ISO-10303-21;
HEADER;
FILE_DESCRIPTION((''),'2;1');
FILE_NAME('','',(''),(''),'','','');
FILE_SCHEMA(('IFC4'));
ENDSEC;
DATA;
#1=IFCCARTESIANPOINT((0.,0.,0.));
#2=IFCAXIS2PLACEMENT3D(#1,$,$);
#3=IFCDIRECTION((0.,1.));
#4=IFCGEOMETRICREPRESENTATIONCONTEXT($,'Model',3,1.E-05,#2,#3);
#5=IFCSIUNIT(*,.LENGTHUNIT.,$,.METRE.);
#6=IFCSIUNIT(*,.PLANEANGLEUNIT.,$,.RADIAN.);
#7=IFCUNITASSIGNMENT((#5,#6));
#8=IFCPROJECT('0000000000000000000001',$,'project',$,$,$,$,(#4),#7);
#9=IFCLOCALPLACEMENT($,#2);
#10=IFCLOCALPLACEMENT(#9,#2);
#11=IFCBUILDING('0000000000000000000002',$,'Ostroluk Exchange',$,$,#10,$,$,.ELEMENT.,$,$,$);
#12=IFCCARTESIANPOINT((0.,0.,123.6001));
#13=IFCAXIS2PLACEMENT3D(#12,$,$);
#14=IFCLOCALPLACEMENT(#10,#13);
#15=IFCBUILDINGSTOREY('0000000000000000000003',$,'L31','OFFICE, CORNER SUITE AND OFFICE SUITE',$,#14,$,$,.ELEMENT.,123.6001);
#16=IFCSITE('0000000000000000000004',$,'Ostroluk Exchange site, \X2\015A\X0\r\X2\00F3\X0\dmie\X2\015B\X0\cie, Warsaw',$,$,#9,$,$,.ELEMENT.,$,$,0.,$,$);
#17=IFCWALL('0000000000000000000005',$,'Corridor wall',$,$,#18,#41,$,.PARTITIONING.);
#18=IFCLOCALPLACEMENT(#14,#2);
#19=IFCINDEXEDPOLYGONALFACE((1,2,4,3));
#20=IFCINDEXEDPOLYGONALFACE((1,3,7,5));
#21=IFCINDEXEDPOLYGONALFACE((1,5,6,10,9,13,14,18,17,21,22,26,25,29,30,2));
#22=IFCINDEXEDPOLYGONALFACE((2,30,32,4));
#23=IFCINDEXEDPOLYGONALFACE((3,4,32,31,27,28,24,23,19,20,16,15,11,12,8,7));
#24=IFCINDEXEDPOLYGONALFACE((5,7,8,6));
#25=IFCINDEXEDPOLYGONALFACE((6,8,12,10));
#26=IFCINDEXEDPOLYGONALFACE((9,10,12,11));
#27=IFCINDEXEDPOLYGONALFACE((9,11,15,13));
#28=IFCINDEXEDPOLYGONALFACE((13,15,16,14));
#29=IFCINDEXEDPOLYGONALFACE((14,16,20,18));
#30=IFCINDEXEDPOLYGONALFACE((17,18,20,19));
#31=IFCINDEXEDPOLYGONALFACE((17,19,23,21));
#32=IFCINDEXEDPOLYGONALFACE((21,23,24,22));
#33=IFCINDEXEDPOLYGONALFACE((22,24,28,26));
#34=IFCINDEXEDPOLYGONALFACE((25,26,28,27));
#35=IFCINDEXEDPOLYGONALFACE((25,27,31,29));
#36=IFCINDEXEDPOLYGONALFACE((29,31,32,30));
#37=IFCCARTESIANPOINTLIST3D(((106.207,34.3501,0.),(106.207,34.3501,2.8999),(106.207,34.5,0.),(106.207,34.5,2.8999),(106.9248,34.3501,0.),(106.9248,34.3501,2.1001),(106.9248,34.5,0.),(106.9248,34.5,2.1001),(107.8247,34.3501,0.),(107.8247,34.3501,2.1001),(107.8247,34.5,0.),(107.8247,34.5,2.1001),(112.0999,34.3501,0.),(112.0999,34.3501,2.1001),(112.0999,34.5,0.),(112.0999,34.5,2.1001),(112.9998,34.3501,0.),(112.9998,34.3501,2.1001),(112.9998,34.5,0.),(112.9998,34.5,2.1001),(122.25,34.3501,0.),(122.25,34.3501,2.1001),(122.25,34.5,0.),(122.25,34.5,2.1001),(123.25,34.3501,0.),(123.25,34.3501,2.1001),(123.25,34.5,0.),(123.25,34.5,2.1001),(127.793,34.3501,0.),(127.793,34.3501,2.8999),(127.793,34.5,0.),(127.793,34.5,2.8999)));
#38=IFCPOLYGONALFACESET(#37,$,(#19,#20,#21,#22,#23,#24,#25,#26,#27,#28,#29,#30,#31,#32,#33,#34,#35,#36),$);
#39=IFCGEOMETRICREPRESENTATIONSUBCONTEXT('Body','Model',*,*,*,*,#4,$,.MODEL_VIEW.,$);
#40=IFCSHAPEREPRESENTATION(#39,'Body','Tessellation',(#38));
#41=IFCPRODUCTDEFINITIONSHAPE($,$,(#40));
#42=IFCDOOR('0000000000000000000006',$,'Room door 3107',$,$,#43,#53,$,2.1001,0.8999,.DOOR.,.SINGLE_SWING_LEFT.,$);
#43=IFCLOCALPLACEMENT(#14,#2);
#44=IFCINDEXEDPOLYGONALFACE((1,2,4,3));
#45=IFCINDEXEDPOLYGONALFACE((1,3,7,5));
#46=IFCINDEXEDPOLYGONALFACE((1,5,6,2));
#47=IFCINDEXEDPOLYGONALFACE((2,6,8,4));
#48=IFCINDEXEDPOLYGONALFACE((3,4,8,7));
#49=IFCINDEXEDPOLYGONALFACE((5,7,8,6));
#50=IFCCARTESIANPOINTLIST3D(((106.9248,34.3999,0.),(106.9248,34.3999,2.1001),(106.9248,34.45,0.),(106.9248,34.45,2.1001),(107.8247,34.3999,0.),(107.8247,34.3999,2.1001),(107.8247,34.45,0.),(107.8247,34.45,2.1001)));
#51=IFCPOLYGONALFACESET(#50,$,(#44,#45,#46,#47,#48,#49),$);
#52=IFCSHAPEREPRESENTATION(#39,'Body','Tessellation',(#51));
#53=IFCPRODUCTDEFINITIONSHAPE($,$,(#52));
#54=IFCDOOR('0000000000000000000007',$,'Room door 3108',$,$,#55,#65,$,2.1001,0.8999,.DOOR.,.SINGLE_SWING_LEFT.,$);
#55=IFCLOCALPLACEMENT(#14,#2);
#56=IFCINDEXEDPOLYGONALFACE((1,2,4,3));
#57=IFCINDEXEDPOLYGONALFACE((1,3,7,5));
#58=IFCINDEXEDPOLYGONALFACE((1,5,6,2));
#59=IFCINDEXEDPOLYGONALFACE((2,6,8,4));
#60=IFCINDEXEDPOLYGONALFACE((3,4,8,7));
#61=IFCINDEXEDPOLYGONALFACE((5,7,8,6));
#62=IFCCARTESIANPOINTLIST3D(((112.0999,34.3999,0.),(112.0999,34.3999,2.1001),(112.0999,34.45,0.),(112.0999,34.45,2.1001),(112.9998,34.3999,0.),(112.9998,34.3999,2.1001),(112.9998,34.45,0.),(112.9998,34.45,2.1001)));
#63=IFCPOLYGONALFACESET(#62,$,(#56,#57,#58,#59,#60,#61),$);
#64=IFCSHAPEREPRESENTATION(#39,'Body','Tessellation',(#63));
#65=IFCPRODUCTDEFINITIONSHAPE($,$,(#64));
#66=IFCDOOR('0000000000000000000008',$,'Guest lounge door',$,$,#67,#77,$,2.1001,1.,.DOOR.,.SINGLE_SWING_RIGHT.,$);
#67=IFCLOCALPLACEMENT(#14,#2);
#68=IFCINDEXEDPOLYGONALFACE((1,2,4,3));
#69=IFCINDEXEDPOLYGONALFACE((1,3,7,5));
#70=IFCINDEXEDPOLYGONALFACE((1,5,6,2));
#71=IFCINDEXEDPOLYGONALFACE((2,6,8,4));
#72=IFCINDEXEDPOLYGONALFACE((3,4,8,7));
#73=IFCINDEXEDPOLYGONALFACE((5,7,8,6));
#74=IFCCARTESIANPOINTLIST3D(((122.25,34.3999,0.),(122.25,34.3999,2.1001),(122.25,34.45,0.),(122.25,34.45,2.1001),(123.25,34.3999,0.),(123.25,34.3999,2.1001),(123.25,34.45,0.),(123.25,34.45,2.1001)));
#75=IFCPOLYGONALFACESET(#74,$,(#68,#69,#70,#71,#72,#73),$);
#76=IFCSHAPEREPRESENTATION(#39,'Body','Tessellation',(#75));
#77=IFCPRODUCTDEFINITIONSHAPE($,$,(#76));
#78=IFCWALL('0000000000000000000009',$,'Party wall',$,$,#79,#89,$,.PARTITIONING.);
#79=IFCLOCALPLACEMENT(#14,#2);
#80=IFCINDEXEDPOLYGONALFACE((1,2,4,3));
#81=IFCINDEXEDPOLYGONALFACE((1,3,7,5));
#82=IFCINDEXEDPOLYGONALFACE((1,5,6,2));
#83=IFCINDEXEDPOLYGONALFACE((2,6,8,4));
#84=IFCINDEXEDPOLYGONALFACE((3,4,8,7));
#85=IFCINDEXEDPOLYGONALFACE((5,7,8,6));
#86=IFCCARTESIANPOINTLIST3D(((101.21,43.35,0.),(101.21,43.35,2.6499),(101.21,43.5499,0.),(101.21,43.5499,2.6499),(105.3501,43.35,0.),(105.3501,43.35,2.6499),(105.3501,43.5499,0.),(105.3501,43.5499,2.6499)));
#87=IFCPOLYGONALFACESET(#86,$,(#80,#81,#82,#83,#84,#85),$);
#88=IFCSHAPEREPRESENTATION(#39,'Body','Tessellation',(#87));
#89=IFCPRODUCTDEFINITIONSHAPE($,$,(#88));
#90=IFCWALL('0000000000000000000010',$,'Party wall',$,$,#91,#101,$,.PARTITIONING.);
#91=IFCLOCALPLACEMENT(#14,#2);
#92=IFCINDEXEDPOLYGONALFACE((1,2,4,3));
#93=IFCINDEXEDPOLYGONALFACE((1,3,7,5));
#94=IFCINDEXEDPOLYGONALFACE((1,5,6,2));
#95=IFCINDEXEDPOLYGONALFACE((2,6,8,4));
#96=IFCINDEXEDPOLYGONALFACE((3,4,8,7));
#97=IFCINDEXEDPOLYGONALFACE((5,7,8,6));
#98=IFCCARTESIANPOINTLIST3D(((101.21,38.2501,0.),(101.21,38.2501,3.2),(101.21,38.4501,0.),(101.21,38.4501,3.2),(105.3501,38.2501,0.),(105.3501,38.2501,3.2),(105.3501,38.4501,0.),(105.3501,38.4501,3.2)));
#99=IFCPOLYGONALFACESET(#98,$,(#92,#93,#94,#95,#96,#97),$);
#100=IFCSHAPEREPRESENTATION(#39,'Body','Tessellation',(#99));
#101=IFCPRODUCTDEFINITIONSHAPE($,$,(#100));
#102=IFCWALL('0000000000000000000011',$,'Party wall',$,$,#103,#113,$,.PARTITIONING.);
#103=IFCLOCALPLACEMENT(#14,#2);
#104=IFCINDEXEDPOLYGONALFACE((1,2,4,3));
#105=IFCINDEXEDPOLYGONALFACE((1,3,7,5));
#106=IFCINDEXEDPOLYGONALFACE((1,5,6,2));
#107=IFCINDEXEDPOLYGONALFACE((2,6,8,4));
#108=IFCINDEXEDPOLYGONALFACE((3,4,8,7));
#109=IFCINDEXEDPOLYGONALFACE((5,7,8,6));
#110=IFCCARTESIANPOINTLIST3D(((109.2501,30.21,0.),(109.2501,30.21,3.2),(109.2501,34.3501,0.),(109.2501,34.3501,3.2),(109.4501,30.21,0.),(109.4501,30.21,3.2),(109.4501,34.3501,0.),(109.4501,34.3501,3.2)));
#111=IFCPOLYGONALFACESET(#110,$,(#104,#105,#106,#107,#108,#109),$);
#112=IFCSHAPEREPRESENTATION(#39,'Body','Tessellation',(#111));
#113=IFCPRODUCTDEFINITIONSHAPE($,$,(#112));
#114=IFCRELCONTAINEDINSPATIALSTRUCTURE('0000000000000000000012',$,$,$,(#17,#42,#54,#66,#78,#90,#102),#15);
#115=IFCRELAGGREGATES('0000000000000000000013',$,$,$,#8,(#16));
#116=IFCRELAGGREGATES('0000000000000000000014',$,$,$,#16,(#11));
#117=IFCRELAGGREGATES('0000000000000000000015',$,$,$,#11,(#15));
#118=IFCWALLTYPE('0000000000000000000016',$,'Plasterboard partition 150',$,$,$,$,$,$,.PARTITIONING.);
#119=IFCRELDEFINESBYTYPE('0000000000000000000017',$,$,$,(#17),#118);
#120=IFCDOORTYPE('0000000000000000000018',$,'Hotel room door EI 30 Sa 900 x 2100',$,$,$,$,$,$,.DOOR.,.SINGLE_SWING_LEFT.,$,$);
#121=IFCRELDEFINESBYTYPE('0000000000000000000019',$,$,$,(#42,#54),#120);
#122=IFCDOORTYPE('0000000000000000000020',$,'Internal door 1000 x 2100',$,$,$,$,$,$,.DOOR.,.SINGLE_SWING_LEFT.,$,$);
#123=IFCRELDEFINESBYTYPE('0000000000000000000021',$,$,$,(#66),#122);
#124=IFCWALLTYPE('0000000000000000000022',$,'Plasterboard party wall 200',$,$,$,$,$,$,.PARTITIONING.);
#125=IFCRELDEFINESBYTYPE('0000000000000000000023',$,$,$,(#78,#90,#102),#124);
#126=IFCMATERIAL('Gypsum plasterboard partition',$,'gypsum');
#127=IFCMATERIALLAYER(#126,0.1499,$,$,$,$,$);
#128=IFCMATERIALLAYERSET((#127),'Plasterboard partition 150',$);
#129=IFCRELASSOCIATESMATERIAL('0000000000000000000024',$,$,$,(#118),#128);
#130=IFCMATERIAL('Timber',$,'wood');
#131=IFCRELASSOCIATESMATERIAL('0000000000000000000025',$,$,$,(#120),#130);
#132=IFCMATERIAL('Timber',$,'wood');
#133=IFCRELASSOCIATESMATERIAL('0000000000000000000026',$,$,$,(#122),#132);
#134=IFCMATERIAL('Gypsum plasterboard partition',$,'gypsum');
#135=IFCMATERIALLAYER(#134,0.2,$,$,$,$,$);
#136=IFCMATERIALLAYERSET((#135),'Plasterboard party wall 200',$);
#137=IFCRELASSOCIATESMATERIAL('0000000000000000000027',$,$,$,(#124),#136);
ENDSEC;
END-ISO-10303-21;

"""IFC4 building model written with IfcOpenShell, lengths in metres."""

from ifc_helpers import new_model, si_unit, direction, frame, frame_2d, origin, place, context, subcontext, project, spatial, rectangle, extrude, material, layer, layer_set, type_object, element, fill, save


model = new_model("IFC4")

# Units and contexts
model_context = context("Model", 3, precision=1e-05, world=origin(), true_north=direction((0.0, 1.0)))
body_context = subcontext(model_context, "Body", "Model", "MODEL_VIEW")
ifc_project = project(units=[si_unit("LENGTHUNIT", "METRE"), si_unit("PLANEANGLEUNIT", "RADIAN")], contexts=[model_context])

# Site, building, storey
site_placement = place(None, origin())
site = spatial("IfcSite", under=ifc_project, at=site_placement, Name="Ostroluk Exchange site, Śródmieście, Warsaw", CompositionType="ELEMENT", RefElevation=0.0)
building_placement = place(site_placement, origin())
building = spatial("IfcBuilding", under=site, at=building_placement, Name="Ostroluk Exchange", CompositionType="ELEMENT")
storey_placement = place(building_placement, frame((0.0, 0.0, 123.6001)))
storey = spatial("IfcBuildingStorey", under=building, at=storey_placement, Name="L31", Description="OFFICE, CORNER SUITE AND OFFICE SUITE", CompositionType="ELEMENT", Elevation=123.6001)

# Wall, openings, doors
ifc_material_1 = material(Name="Gypsum plasterboard partition", Category="gypsum")
ifc_layer_1 = layer(ifc_material_1, 0.1499)
ifc_layer_set_1 = layer_set([ifc_layer_1], Name="Plasterboard partition 150")
wall_type_1 = type_object("IfcWallType", Name="Plasterboard partition 150", PredefinedType="PARTITIONING", material=ifc_layer_set_1)
wall_1_placement = place(storey_placement, frame((106.207, 34.425, 0.0), z_axis=(0.0, 0.0, 1.0), x_axis=(1.0, 0.0, 0.0)))
wall_1 = element("IfcWall", 1, at=wall_1_placement, inside=storey, type_object=wall_type_1, Name="Corridor wall", PredefinedType="PARTITIONING", context=body_context, shape_type="SweptSolid", body=[
    extrude(rectangle(XDim=21.5859, YDim=0.1499, at=frame_2d((10.793, 0.0))), origin(), (0.0, 0.0, 1.0), 2.8999),
])
opening_1_placement = place(wall_1_placement, frame((0.7178, 0.0, 0.0)))
opening_1 = element("IfcOpeningElement", 2, at=opening_1_placement, cuts=wall_1, PredefinedType="OPENING", context=body_context, shape_type="SweptSolid", body=[
    extrude(rectangle(XDim=0.8999, YDim=2.1001, at=frame_2d((0.45, 1.05))), frame((0.0, 0.085, 0.0), z_axis=(0.0, -1.0, 0.0), x_axis=(1.0, 0.0, 0.0)), (0.0, 0.0, 1.0), 0.1699),
])
opening_2_placement = place(wall_1_placement, frame((5.8928, 0.0, 0.0)))
opening_2 = element("IfcOpeningElement", 3, at=opening_2_placement, cuts=wall_1, PredefinedType="OPENING", context=body_context, shape_type="SweptSolid", body=[
    extrude(rectangle(XDim=0.8999, YDim=2.1001, at=frame_2d((0.45, 1.05))), frame((0.0, 0.085, 0.0), z_axis=(0.0, -1.0, 0.0), x_axis=(1.0, 0.0, 0.0)), (0.0, 0.0, 1.0), 0.1699),
])
opening_3_placement = place(wall_1_placement, frame((16.043, 0.0, 0.0)))
opening_3 = element("IfcOpeningElement", 4, at=opening_3_placement, cuts=wall_1, PredefinedType="OPENING", context=body_context, shape_type="SweptSolid", body=[
    extrude(rectangle(XDim=1.0, YDim=2.1001, at=frame_2d((0.5, 1.05))), frame((0.0, 0.085, 0.0), z_axis=(0.0, -1.0, 0.0), x_axis=(1.0, 0.0, 0.0)), (0.0, 0.0, 1.0), 0.1699),
])
ifc_material_2 = material(Name="Timber", Category="wood")
door_type_1 = type_object("IfcDoorType", Name="Hotel room door EI 30 Sa 900 x 2100", OperationType="SINGLE_SWING_LEFT", PredefinedType="DOOR", material=ifc_material_2)
door_1_placement = place(opening_1_placement, origin())
door_1 = element("IfcDoor", 5, at=door_1_placement, inside=storey, type_object=door_type_1, Name="Room door 3107", OperationType="SINGLE_SWING_LEFT", OverallHeight=2.1001, OverallWidth=0.8999, PredefinedType="DOOR", context=body_context, shape_type="SweptSolid", body=[
    extrude(rectangle(XDim=0.8999, YDim=2.1001, at=frame_2d((0.45, 1.05))), frame((0.0, 0.0249, 0.0), z_axis=(0.0, -1.0, 0.0), x_axis=(1.0, 0.0, 0.0)), (0.0, 0.0, 1.0), 0.05),
])
fill(opening_1, door_1)
door_2_placement = place(opening_2_placement, origin())
door_2 = element("IfcDoor", 6, at=door_2_placement, inside=storey, type_object=door_type_1, Name="Room door 3108", OperationType="SINGLE_SWING_LEFT", OverallHeight=2.1001, OverallWidth=0.8999, PredefinedType="DOOR", context=body_context, shape_type="SweptSolid", body=[
    extrude(rectangle(XDim=0.8999, YDim=2.1001, at=frame_2d((0.45, 1.05))), frame((0.0, 0.0249, 0.0), z_axis=(0.0, -1.0, 0.0), x_axis=(1.0, 0.0, 0.0)), (0.0, 0.0, 1.0), 0.05),
])
fill(opening_2, door_2)
ifc_material_3 = material(Name="Timber", Category="wood")
door_type_2 = type_object("IfcDoorType", Name="Internal door 1000 x 2100", OperationType="SINGLE_SWING_LEFT", PredefinedType="DOOR", material=ifc_material_3)
door_3_placement = place(opening_3_placement, origin())
door_3 = element("IfcDoor", 7, at=door_3_placement, inside=storey, type_object=door_type_2, Name="Guest lounge door", OperationType="SINGLE_SWING_RIGHT", OverallHeight=2.1001, OverallWidth=1.0, PredefinedType="DOOR", context=body_context, shape_type="SweptSolid", body=[
    extrude(rectangle(XDim=1.0, YDim=2.1001, at=frame_2d((0.5, 1.05))), frame((0.0, 0.0249, 0.0), z_axis=(0.0, -1.0, 0.0), x_axis=(1.0, 0.0, 0.0)), (0.0, 0.0, 1.0), 0.05),
])
fill(opening_3, door_3)

# Walls
ifc_material_4 = material(Name="Gypsum plasterboard partition", Category="gypsum")
ifc_layer_2 = layer(ifc_material_4, 0.2)
ifc_layer_set_2 = layer_set([ifc_layer_2], Name="Plasterboard party wall 200")
wall_type_2 = type_object("IfcWallType", Name="Plasterboard party wall 200", PredefinedType="PARTITIONING", material=ifc_layer_set_2)
wall_2_placement = place(storey_placement, frame((105.3501, 43.45, 0.0), z_axis=(0.0, 0.0, 1.0), x_axis=(-1.0, 0.0, 0.0)))
element("IfcWall", 8, at=wall_2_placement, inside=storey, type_object=wall_type_2, Name="Party wall", PredefinedType="PARTITIONING", context=body_context, shape_type="SweptSolid", body=[
    extrude(rectangle(XDim=4.1401, YDim=0.2, at=frame_2d((2.0701, 0.0))), origin(), (0.0, 0.0, 1.0), 2.6499),
])
for number, where, z_axis, x_axis, name in (
    (9, (105.3501, 38.3501, 0.0), (0.0, 0.0, 1.0), (-1.0, 0.0, 0.0), "Party wall"),
    (10, (109.3501, 34.3501, 0.0), (0.0, 0.0, 1.0), (0.0, -1.0, 0.0), "Party wall"),
):
    element("IfcWall", number, at=place(storey_placement, frame(where, z_axis=z_axis, x_axis=x_axis)), inside=storey, type_object=wall_type_2, Name=name, PredefinedType="PARTITIONING", context=body_context, shape_type="SweptSolid", body=[
        extrude(rectangle(XDim=4.1401, YDim=0.2, at=frame_2d((2.0701, 0.0))), origin(), (0.0, 0.0, 1.0), 3.2),
    ])

save(model, "model.ifc")
